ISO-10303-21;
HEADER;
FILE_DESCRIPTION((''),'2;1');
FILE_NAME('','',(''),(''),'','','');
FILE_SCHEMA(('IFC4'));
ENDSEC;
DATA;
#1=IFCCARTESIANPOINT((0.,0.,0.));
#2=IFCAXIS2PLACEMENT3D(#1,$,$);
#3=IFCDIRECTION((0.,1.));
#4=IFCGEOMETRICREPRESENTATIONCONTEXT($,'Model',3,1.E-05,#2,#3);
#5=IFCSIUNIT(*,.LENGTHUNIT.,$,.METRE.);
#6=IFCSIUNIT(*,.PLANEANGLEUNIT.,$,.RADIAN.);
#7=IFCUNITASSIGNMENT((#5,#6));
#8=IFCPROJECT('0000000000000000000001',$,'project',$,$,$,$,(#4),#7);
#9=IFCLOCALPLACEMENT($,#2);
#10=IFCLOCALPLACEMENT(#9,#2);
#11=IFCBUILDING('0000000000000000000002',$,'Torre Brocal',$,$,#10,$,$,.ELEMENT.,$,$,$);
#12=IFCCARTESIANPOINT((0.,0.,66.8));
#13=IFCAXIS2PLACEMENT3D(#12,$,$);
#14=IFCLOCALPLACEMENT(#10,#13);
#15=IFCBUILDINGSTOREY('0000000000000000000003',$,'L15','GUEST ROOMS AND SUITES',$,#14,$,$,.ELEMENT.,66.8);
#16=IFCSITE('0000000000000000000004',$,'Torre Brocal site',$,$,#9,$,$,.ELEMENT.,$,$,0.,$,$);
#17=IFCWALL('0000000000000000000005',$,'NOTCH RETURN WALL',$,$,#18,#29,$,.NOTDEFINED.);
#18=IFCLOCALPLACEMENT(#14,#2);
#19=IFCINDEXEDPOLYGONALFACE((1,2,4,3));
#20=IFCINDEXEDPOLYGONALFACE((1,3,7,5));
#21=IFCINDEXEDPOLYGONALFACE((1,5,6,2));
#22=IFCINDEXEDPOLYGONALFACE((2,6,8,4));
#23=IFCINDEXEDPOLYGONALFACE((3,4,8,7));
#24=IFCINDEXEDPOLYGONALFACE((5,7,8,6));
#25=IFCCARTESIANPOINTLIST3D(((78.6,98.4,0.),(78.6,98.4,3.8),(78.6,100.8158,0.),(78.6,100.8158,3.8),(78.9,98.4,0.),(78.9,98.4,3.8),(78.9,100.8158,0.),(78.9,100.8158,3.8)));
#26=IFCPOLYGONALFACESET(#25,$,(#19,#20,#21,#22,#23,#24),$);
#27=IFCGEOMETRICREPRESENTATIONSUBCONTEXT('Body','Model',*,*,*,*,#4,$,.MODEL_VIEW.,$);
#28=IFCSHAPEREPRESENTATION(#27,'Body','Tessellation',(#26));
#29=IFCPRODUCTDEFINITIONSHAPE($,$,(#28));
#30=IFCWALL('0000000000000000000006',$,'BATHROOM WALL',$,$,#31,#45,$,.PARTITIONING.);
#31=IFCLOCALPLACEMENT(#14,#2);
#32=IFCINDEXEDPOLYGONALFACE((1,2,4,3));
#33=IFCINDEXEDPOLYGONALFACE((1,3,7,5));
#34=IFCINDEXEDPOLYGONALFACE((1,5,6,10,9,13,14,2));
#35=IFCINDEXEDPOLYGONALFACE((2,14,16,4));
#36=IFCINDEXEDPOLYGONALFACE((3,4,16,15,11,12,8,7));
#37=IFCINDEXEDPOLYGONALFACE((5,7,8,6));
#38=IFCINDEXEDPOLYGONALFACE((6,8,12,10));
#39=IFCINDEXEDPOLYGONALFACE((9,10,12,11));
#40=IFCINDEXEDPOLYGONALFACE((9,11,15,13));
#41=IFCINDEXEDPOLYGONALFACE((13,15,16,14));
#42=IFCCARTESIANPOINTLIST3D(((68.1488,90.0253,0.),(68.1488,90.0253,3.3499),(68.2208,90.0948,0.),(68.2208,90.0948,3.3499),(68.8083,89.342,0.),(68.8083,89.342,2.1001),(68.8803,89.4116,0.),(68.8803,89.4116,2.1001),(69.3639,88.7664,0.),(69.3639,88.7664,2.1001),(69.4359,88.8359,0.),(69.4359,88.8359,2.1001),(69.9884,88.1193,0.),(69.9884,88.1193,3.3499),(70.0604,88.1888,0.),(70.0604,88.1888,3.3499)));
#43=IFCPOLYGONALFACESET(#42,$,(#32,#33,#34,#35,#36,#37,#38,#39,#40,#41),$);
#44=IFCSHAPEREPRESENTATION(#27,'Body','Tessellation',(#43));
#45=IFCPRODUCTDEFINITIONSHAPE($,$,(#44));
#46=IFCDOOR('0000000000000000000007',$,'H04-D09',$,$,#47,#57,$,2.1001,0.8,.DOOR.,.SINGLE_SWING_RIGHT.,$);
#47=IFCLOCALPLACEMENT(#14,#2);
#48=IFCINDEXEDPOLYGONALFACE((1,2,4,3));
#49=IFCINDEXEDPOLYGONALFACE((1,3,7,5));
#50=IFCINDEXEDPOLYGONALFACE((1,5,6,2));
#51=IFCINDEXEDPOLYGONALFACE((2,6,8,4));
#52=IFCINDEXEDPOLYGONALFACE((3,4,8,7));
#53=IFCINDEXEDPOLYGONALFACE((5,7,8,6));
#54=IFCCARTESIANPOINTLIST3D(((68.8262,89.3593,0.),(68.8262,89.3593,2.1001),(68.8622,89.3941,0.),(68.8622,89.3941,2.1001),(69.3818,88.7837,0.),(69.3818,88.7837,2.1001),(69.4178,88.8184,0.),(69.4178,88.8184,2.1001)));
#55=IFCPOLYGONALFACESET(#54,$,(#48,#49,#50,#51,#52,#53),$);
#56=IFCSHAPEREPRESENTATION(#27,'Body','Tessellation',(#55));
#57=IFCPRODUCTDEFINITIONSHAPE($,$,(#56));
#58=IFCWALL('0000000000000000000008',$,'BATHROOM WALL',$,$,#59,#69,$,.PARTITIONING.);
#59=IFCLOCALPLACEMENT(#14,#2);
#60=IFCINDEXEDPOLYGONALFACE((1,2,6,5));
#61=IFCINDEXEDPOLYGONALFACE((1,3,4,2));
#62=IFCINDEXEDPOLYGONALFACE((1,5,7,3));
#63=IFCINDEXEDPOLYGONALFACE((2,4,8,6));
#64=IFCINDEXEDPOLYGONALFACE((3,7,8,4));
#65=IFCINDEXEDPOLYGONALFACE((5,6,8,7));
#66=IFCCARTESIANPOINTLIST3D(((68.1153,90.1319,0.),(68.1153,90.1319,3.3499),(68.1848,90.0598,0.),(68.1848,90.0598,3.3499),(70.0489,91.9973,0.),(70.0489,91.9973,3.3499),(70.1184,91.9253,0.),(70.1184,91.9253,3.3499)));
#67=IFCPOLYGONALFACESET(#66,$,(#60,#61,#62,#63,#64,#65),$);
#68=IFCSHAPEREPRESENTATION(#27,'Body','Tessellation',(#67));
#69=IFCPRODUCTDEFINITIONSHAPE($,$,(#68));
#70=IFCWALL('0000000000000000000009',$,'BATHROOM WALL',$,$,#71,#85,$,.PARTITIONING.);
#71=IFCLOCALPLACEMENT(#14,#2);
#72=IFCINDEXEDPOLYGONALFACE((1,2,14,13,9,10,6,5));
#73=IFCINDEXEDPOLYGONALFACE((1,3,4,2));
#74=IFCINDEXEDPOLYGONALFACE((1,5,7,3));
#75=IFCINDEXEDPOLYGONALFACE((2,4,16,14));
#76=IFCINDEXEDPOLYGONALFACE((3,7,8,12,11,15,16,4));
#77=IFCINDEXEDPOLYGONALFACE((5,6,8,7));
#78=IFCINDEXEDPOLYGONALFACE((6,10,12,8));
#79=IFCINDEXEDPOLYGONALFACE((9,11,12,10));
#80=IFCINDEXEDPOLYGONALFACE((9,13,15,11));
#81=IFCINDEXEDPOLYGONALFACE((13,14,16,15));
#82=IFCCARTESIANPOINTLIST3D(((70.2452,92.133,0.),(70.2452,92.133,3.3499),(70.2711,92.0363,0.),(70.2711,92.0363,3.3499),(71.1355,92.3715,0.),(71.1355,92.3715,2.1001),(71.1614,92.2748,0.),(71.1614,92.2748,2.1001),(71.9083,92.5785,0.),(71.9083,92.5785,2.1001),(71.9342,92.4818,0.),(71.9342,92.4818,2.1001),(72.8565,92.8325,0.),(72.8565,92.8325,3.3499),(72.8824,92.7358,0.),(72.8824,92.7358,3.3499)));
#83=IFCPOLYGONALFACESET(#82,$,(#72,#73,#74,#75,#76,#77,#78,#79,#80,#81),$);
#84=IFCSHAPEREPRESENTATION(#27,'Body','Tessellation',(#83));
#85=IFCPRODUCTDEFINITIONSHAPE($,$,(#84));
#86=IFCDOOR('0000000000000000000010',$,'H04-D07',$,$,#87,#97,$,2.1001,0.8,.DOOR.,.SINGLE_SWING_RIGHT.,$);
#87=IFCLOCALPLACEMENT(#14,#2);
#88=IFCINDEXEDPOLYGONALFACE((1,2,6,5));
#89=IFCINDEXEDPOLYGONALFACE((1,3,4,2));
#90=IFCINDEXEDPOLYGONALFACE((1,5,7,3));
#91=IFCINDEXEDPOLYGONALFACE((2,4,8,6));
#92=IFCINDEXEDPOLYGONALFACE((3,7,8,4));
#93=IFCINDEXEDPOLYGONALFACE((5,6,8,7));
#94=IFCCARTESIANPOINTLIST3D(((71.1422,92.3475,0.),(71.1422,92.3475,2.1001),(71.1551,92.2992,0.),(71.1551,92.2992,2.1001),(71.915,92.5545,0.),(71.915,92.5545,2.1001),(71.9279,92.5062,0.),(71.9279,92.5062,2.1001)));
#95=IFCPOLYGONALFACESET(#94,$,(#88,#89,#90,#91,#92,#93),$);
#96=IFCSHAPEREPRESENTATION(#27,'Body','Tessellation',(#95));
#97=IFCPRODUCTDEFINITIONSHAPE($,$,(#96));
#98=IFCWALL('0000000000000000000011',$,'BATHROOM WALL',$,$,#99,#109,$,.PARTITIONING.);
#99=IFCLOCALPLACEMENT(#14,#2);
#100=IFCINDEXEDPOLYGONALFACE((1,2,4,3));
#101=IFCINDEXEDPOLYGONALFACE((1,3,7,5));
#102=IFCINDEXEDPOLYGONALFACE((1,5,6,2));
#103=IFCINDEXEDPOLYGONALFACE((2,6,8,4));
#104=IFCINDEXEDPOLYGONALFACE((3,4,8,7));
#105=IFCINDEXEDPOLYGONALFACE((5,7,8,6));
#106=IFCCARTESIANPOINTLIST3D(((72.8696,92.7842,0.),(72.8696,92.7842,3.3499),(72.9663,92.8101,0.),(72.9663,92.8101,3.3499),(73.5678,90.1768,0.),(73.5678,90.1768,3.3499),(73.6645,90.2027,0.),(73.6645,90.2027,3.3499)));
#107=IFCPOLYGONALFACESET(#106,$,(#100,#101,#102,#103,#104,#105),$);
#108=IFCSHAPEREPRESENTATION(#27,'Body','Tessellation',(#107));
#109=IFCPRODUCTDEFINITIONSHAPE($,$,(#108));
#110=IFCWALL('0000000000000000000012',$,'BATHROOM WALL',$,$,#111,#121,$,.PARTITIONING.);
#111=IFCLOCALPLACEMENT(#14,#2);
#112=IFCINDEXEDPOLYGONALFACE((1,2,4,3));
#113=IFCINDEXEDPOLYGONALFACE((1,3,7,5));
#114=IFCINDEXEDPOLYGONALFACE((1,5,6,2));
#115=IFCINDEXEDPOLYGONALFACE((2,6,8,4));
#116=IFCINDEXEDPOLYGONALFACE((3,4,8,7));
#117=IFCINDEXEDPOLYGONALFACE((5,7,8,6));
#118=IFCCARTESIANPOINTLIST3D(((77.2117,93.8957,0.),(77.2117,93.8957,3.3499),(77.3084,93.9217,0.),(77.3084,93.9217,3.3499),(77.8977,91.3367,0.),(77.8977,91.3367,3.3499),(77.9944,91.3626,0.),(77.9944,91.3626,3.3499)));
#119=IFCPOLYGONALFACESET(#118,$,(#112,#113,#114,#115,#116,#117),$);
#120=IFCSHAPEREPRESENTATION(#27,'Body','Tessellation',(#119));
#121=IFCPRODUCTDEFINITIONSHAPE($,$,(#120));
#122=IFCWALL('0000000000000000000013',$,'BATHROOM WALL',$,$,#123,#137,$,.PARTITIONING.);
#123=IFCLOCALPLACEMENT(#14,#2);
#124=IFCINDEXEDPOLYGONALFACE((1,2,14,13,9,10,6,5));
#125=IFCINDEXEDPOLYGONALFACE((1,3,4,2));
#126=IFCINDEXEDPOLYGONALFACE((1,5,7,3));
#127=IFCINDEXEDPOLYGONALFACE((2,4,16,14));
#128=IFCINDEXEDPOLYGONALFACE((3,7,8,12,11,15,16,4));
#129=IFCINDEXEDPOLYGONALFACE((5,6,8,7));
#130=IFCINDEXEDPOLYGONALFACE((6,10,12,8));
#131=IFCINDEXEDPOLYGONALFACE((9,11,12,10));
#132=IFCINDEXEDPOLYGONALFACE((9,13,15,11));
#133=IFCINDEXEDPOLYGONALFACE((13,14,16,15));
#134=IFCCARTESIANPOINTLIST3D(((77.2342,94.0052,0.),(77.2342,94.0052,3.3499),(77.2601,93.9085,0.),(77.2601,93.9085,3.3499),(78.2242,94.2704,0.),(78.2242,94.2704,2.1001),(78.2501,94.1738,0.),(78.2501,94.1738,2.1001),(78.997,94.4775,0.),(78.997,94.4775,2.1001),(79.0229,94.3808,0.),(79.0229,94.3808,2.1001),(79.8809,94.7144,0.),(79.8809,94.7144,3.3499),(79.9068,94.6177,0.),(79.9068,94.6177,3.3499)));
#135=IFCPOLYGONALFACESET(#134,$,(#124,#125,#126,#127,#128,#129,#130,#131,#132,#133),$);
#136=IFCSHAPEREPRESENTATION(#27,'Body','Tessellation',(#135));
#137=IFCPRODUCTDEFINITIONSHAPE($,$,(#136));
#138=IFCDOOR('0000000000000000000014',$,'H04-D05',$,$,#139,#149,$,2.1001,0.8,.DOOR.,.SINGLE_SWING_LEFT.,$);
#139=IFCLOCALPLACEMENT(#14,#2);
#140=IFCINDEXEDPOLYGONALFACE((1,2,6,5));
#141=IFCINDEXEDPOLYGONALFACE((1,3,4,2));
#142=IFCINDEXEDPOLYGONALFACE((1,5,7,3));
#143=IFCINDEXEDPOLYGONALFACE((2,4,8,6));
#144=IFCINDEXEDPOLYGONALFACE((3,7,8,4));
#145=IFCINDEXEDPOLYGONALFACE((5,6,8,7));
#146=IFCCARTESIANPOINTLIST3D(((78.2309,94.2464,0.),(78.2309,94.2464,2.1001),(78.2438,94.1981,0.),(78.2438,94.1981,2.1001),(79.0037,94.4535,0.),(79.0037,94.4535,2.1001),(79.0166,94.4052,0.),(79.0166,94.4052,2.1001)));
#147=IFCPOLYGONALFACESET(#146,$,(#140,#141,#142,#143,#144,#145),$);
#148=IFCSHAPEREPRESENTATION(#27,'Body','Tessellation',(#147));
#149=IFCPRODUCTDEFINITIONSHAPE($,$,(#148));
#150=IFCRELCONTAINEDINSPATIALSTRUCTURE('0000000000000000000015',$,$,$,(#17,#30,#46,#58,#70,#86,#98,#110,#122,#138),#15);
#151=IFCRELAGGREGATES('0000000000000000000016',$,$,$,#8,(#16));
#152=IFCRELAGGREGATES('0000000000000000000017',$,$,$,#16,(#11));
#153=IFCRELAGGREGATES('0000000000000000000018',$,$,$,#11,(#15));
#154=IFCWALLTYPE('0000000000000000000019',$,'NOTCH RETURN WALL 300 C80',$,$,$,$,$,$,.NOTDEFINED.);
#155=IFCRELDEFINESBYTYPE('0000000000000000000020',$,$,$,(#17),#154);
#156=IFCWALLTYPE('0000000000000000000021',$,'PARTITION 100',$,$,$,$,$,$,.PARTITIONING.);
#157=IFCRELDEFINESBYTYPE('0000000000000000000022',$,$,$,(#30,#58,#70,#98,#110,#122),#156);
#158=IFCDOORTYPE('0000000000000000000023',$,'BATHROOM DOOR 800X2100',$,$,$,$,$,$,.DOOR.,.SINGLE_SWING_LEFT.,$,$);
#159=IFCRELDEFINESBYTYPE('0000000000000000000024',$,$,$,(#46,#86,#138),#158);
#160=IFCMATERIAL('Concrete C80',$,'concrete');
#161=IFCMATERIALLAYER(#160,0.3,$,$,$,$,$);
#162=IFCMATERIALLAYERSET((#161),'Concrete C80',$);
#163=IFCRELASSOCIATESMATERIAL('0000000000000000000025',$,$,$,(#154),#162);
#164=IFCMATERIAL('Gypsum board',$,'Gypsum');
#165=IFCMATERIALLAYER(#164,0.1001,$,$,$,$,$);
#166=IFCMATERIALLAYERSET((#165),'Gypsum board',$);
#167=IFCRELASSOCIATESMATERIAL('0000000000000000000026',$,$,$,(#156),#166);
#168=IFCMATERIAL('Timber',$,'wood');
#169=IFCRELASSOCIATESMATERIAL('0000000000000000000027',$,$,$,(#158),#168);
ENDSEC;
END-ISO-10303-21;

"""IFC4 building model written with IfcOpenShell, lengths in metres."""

from ifc_helpers import new_model, si_unit, direction, frame, frame_2d, origin, place, context, subcontext, project, spatial, rectangle, extrude, material, layer, layer_set, type_object, element, fill, save


model = new_model("IFC4")

# Units and contexts
model_context = context("Model", 3, precision=1e-05, world=origin(), true_north=direction((0.0, 1.0)))
body_context = subcontext(model_context, "Body", "Model", "MODEL_VIEW")
ifc_project = project(units=[si_unit("LENGTHUNIT", "METRE"), si_unit("PLANEANGLEUNIT", "RADIAN")], contexts=[model_context])

# Site, building, storey
site_placement = place(None, origin())
site = spatial("IfcSite", under=ifc_project, at=site_placement, Name="Torre Brocal site", CompositionType="ELEMENT", RefElevation=0.0)
building_placement = place(site_placement, origin())
building = spatial("IfcBuilding", under=site, at=building_placement, Name="Torre Brocal", CompositionType="ELEMENT")
storey_placement = place(building_placement, frame((0.0, 0.0, 66.8)))
storey = spatial("IfcBuildingStorey", under=building, at=storey_placement, Name="L15", Description="GUEST ROOMS AND SUITES", CompositionType="ELEMENT", Elevation=66.8)

# Wall
ifc_material_1 = material(Name="Concrete C80", Category="concrete")
ifc_layer_1 = layer(ifc_material_1, 0.3)
ifc_layer_set_1 = layer_set([ifc_layer_1], Name="Concrete C80")
wall_type_1 = type_object("IfcWallType", Name="NOTCH RETURN WALL 300 C80", PredefinedType="NOTDEFINED", material=ifc_layer_set_1)
wall_1_placement = place(storey_placement, frame((78.75, 98.3999, 0.0), z_axis=(0.0, 0.0, 1.0), x_axis=(0.0, 1.0, 0.0)))
element("IfcWall", 1, at=wall_1_placement, inside=storey, type_object=wall_type_1, Name="NOTCH RETURN WALL", PredefinedType="NOTDEFINED", context=body_context, shape_type="SweptSolid", body=[
    extrude(rectangle(XDim=2.4158, YDim=0.3, at=frame_2d((1.208, 0.0))), origin(), (0.0, 0.0, 1.0), 3.8),
])

# Wall, opening, door
ifc_material_2 = material(Name="Gypsum board", Category="Gypsum")
ifc_layer_2 = layer(ifc_material_2, 0.1001)
ifc_layer_set_2 = layer_set([ifc_layer_2], Name="Gypsum board")
wall_type_2 = type_object("IfcWallType", Name="PARTITION 100", PredefinedType="PARTITIONING", material=ifc_layer_set_2)
wall_2_placement = place(storey_placement, frame((68.1848, 90.0601, 0.0), z_axis=(0.0, 0.0, 1.0), x_axis=(0.694461, -0.71953, 0.0)))
wall_2 = element("IfcWall", 2, at=wall_2_placement, inside=storey, type_object=wall_type_2, Name="BATHROOM WALL", PredefinedType="PARTITIONING", context=body_context, shape_type="SweptSolid", body=[
    extrude(rectangle(XDim=2.6489, YDim=0.1001, at=frame_2d((1.3245, 0.0))), origin(), (0.0, 0.0, 1.0), 3.3499),
])
opening_1_placement = place(wall_2_placement, frame((0.9497, 0.0, 0.0)))
opening_1 = element("IfcOpeningElement", 3, at=opening_1_placement, cuts=wall_2, PredefinedType="OPENING", context=body_context, shape_type="SweptSolid", body=[
    extrude(rectangle(XDim=0.8, YDim=2.1001, at=frame_2d((0.3999, 1.05))), frame((0.0, 0.0601, 0.0), z_axis=(0.0, -1.0, 0.0), x_axis=(1.0, 0.0, 0.0)), (0.0, 0.0, 1.0), 0.1201),
])
ifc_material_3 = material(Name="Timber", Category="wood")
door_type_1 = type_object("IfcDoorType", Name="BATHROOM DOOR 800X2100", OperationType="SINGLE_SWING_LEFT", PredefinedType="DOOR", material=ifc_material_3)
door_1_placement = place(opening_1_placement, origin())
door_1 = element("IfcDoor", 4, at=door_1_placement, inside=storey, type_object=door_type_1, Name="H04-D09", OperationType="SINGLE_SWING_RIGHT", OverallHeight=2.1001, OverallWidth=0.8, PredefinedType="DOOR", context=body_context, shape_type="SweptSolid", body=[
    extrude(rectangle(XDim=0.8, YDim=2.1001, at=frame_2d((0.3999, 1.05))), frame((0.0, 0.0249, 0.0), z_axis=(0.0, -1.0, 0.0), x_axis=(1.0, 0.0, 0.0)), (0.0, 0.0, 1.0), 0.05),
])
fill(opening_1, door_1)

# Wall
wall_3_placement = place(storey_placement, frame((68.1501, 90.0959, 0.0), z_axis=(0.0, 0.0, 1.0), x_axis=(0.719669, 0.694317, 0.0)))
element("IfcWall", 5, at=wall_3_placement, inside=storey, type_object=wall_type_2, Name="BATHROOM WALL", PredefinedType="PARTITIONING", context=body_context, shape_type="SweptSolid", body=[
    extrude(rectangle(XDim=2.6868, YDim=0.1001, at=frame_2d((1.3433, 0.0))), origin(), (0.0, 0.0, 1.0), 3.3499),
])

# Wall, opening, door
wall_4_placement = place(storey_placement, frame((70.2583, 92.0847, 0.0), z_axis=(0.0, 0.0, 1.0), x_axis=(0.965948, 0.258736, 0.0)))
wall_4 = element("IfcWall", 6, at=wall_4_placement, inside=storey, type_object=wall_type_2, Name="BATHROOM WALL", PredefinedType="PARTITIONING", context=body_context, shape_type="SweptSolid", body=[
    extrude(rectangle(XDim=2.7034, YDim=0.1001, at=frame_2d((1.3516, 0.0))), origin(), (0.0, 0.0, 1.0), 3.3499),
])
opening_2_placement = place(wall_4_placement, frame((0.9216, 0.0, 0.0)))
opening_2 = element("IfcOpeningElement", 7, at=opening_2_placement, cuts=wall_4, PredefinedType="OPENING", context=body_context, shape_type="SweptSolid", body=[
    extrude(rectangle(XDim=0.8, YDim=2.1001, at=frame_2d((0.3999, 1.05))), frame((0.0, 0.0601, 0.0), z_axis=(0.0, -1.0, 0.0), x_axis=(1.0, 0.0, 0.0)), (0.0, 0.0, 1.0), 0.1201),
])
door_2_placement = place(opening_2_placement, frame((0.8, 0.0, 0.0), z_axis=(0.0, 0.0, 1.0), x_axis=(-1.0, 0.0, 0.0)))
door_2 = element("IfcDoor", 8, at=door_2_placement, inside=storey, type_object=door_type_1, Name="H04-D07", OperationType="SINGLE_SWING_RIGHT", OverallHeight=2.1001, OverallWidth=0.8, PredefinedType="DOOR", context=body_context, shape_type="SweptSolid", body=[
    extrude(rectangle(XDim=0.8, YDim=2.1001, at=frame_2d((0.3999, 1.05))), frame((0.0, 0.0249, 0.0), z_axis=(0.0, -1.0, 0.0), x_axis=(1.0, 0.0, 0.0)), (0.0, 0.0, 1.0), 0.05),
])
fill(opening_2, door_2)

# Walls
wall_5_placement = place(storey_placement, frame((72.918, 92.7971, 0.0), z_axis=(0.0, 0.0, 1.0), x_axis=(0.258676, -0.965964, 0.0)))
element("IfcWall", 9, at=wall_5_placement, inside=storey, type_object=wall_type_2, Name="BATHROOM WALL", PredefinedType="PARTITIONING", context=body_context, shape_type="SweptSolid", body=[
    extrude(rectangle(XDim=2.6992, YDim=0.1001, at=frame_2d((1.3496, 0.0))), origin(), (0.0, 0.0, 1.0), 3.3499),
])
wall_6_placement = place(storey_placement, frame((77.26, 93.9087, 0.0), z_axis=(0.0, 0.0, 1.0), x_axis=(0.258936, -0.965895, 0.0)))
element("IfcWall", 10, at=wall_6_placement, inside=storey, type_object=wall_type_2, Name="BATHROOM WALL", PredefinedType="PARTITIONING", context=body_context, shape_type="SweptSolid", body=[
    extrude(rectangle(XDim=2.6494, YDim=0.1001, at=frame_2d((1.3247, 0.0))), origin(), (0.0, 0.0, 1.0), 3.3499),
])

# Wall, opening, door
wall_7_placement = place(storey_placement, frame((77.2471, 93.9568, 0.0), z_axis=(0.0, 0.0, 1.0), x_axis=(0.965922, 0.258833, 0.0)))
wall_7 = element("IfcWall", 11, at=wall_7_placement, inside=storey, type_object=wall_type_2, Name="BATHROOM WALL", PredefinedType="PARTITIONING", context=body_context, shape_type="SweptSolid", body=[
    extrude(rectangle(XDim=2.74, YDim=0.1001, at=frame_2d((1.3701, 0.0))), origin(), (0.0, 0.0, 1.0), 3.3499),
])
opening_3_placement = place(wall_7_placement, frame((1.0251, 0.0, 0.0)))
opening_3 = element("IfcOpeningElement", 12, at=opening_3_placement, cuts=wall_7, PredefinedType="OPENING", context=body_context, shape_type="SweptSolid", body=[
    extrude(rectangle(XDim=0.8, YDim=2.1001, at=frame_2d((0.3999, 1.05))), frame((0.0, 0.0601, 0.0), z_axis=(0.0, -1.0, 0.0), x_axis=(1.0, 0.0, 0.0)), (0.0, 0.0, 1.0), 0.1201),
])
door_3_placement = place(opening_3_placement, frame((0.8, 0.0, 0.0), z_axis=(0.0, 0.0, 1.0), x_axis=(-1.0, 0.0, 0.0)))
door_3 = element("IfcDoor", 13, at=door_3_placement, inside=storey, type_object=door_type_1, Name="H04-D05", OperationType="SINGLE_SWING_LEFT", OverallHeight=2.1001, OverallWidth=0.8, PredefinedType="DOOR", context=body_context, shape_type="SweptSolid", body=[
    extrude(rectangle(XDim=0.8, YDim=2.1001, at=frame_2d((0.3999, 1.05))), frame((0.0, 0.0249, 0.0), z_axis=(0.0, -1.0, 0.0), x_axis=(1.0, 0.0, 0.0)), (0.0, 0.0, 1.0), 0.05),
])
fill(opening_3, door_3)

save(model, "model.ifc")
